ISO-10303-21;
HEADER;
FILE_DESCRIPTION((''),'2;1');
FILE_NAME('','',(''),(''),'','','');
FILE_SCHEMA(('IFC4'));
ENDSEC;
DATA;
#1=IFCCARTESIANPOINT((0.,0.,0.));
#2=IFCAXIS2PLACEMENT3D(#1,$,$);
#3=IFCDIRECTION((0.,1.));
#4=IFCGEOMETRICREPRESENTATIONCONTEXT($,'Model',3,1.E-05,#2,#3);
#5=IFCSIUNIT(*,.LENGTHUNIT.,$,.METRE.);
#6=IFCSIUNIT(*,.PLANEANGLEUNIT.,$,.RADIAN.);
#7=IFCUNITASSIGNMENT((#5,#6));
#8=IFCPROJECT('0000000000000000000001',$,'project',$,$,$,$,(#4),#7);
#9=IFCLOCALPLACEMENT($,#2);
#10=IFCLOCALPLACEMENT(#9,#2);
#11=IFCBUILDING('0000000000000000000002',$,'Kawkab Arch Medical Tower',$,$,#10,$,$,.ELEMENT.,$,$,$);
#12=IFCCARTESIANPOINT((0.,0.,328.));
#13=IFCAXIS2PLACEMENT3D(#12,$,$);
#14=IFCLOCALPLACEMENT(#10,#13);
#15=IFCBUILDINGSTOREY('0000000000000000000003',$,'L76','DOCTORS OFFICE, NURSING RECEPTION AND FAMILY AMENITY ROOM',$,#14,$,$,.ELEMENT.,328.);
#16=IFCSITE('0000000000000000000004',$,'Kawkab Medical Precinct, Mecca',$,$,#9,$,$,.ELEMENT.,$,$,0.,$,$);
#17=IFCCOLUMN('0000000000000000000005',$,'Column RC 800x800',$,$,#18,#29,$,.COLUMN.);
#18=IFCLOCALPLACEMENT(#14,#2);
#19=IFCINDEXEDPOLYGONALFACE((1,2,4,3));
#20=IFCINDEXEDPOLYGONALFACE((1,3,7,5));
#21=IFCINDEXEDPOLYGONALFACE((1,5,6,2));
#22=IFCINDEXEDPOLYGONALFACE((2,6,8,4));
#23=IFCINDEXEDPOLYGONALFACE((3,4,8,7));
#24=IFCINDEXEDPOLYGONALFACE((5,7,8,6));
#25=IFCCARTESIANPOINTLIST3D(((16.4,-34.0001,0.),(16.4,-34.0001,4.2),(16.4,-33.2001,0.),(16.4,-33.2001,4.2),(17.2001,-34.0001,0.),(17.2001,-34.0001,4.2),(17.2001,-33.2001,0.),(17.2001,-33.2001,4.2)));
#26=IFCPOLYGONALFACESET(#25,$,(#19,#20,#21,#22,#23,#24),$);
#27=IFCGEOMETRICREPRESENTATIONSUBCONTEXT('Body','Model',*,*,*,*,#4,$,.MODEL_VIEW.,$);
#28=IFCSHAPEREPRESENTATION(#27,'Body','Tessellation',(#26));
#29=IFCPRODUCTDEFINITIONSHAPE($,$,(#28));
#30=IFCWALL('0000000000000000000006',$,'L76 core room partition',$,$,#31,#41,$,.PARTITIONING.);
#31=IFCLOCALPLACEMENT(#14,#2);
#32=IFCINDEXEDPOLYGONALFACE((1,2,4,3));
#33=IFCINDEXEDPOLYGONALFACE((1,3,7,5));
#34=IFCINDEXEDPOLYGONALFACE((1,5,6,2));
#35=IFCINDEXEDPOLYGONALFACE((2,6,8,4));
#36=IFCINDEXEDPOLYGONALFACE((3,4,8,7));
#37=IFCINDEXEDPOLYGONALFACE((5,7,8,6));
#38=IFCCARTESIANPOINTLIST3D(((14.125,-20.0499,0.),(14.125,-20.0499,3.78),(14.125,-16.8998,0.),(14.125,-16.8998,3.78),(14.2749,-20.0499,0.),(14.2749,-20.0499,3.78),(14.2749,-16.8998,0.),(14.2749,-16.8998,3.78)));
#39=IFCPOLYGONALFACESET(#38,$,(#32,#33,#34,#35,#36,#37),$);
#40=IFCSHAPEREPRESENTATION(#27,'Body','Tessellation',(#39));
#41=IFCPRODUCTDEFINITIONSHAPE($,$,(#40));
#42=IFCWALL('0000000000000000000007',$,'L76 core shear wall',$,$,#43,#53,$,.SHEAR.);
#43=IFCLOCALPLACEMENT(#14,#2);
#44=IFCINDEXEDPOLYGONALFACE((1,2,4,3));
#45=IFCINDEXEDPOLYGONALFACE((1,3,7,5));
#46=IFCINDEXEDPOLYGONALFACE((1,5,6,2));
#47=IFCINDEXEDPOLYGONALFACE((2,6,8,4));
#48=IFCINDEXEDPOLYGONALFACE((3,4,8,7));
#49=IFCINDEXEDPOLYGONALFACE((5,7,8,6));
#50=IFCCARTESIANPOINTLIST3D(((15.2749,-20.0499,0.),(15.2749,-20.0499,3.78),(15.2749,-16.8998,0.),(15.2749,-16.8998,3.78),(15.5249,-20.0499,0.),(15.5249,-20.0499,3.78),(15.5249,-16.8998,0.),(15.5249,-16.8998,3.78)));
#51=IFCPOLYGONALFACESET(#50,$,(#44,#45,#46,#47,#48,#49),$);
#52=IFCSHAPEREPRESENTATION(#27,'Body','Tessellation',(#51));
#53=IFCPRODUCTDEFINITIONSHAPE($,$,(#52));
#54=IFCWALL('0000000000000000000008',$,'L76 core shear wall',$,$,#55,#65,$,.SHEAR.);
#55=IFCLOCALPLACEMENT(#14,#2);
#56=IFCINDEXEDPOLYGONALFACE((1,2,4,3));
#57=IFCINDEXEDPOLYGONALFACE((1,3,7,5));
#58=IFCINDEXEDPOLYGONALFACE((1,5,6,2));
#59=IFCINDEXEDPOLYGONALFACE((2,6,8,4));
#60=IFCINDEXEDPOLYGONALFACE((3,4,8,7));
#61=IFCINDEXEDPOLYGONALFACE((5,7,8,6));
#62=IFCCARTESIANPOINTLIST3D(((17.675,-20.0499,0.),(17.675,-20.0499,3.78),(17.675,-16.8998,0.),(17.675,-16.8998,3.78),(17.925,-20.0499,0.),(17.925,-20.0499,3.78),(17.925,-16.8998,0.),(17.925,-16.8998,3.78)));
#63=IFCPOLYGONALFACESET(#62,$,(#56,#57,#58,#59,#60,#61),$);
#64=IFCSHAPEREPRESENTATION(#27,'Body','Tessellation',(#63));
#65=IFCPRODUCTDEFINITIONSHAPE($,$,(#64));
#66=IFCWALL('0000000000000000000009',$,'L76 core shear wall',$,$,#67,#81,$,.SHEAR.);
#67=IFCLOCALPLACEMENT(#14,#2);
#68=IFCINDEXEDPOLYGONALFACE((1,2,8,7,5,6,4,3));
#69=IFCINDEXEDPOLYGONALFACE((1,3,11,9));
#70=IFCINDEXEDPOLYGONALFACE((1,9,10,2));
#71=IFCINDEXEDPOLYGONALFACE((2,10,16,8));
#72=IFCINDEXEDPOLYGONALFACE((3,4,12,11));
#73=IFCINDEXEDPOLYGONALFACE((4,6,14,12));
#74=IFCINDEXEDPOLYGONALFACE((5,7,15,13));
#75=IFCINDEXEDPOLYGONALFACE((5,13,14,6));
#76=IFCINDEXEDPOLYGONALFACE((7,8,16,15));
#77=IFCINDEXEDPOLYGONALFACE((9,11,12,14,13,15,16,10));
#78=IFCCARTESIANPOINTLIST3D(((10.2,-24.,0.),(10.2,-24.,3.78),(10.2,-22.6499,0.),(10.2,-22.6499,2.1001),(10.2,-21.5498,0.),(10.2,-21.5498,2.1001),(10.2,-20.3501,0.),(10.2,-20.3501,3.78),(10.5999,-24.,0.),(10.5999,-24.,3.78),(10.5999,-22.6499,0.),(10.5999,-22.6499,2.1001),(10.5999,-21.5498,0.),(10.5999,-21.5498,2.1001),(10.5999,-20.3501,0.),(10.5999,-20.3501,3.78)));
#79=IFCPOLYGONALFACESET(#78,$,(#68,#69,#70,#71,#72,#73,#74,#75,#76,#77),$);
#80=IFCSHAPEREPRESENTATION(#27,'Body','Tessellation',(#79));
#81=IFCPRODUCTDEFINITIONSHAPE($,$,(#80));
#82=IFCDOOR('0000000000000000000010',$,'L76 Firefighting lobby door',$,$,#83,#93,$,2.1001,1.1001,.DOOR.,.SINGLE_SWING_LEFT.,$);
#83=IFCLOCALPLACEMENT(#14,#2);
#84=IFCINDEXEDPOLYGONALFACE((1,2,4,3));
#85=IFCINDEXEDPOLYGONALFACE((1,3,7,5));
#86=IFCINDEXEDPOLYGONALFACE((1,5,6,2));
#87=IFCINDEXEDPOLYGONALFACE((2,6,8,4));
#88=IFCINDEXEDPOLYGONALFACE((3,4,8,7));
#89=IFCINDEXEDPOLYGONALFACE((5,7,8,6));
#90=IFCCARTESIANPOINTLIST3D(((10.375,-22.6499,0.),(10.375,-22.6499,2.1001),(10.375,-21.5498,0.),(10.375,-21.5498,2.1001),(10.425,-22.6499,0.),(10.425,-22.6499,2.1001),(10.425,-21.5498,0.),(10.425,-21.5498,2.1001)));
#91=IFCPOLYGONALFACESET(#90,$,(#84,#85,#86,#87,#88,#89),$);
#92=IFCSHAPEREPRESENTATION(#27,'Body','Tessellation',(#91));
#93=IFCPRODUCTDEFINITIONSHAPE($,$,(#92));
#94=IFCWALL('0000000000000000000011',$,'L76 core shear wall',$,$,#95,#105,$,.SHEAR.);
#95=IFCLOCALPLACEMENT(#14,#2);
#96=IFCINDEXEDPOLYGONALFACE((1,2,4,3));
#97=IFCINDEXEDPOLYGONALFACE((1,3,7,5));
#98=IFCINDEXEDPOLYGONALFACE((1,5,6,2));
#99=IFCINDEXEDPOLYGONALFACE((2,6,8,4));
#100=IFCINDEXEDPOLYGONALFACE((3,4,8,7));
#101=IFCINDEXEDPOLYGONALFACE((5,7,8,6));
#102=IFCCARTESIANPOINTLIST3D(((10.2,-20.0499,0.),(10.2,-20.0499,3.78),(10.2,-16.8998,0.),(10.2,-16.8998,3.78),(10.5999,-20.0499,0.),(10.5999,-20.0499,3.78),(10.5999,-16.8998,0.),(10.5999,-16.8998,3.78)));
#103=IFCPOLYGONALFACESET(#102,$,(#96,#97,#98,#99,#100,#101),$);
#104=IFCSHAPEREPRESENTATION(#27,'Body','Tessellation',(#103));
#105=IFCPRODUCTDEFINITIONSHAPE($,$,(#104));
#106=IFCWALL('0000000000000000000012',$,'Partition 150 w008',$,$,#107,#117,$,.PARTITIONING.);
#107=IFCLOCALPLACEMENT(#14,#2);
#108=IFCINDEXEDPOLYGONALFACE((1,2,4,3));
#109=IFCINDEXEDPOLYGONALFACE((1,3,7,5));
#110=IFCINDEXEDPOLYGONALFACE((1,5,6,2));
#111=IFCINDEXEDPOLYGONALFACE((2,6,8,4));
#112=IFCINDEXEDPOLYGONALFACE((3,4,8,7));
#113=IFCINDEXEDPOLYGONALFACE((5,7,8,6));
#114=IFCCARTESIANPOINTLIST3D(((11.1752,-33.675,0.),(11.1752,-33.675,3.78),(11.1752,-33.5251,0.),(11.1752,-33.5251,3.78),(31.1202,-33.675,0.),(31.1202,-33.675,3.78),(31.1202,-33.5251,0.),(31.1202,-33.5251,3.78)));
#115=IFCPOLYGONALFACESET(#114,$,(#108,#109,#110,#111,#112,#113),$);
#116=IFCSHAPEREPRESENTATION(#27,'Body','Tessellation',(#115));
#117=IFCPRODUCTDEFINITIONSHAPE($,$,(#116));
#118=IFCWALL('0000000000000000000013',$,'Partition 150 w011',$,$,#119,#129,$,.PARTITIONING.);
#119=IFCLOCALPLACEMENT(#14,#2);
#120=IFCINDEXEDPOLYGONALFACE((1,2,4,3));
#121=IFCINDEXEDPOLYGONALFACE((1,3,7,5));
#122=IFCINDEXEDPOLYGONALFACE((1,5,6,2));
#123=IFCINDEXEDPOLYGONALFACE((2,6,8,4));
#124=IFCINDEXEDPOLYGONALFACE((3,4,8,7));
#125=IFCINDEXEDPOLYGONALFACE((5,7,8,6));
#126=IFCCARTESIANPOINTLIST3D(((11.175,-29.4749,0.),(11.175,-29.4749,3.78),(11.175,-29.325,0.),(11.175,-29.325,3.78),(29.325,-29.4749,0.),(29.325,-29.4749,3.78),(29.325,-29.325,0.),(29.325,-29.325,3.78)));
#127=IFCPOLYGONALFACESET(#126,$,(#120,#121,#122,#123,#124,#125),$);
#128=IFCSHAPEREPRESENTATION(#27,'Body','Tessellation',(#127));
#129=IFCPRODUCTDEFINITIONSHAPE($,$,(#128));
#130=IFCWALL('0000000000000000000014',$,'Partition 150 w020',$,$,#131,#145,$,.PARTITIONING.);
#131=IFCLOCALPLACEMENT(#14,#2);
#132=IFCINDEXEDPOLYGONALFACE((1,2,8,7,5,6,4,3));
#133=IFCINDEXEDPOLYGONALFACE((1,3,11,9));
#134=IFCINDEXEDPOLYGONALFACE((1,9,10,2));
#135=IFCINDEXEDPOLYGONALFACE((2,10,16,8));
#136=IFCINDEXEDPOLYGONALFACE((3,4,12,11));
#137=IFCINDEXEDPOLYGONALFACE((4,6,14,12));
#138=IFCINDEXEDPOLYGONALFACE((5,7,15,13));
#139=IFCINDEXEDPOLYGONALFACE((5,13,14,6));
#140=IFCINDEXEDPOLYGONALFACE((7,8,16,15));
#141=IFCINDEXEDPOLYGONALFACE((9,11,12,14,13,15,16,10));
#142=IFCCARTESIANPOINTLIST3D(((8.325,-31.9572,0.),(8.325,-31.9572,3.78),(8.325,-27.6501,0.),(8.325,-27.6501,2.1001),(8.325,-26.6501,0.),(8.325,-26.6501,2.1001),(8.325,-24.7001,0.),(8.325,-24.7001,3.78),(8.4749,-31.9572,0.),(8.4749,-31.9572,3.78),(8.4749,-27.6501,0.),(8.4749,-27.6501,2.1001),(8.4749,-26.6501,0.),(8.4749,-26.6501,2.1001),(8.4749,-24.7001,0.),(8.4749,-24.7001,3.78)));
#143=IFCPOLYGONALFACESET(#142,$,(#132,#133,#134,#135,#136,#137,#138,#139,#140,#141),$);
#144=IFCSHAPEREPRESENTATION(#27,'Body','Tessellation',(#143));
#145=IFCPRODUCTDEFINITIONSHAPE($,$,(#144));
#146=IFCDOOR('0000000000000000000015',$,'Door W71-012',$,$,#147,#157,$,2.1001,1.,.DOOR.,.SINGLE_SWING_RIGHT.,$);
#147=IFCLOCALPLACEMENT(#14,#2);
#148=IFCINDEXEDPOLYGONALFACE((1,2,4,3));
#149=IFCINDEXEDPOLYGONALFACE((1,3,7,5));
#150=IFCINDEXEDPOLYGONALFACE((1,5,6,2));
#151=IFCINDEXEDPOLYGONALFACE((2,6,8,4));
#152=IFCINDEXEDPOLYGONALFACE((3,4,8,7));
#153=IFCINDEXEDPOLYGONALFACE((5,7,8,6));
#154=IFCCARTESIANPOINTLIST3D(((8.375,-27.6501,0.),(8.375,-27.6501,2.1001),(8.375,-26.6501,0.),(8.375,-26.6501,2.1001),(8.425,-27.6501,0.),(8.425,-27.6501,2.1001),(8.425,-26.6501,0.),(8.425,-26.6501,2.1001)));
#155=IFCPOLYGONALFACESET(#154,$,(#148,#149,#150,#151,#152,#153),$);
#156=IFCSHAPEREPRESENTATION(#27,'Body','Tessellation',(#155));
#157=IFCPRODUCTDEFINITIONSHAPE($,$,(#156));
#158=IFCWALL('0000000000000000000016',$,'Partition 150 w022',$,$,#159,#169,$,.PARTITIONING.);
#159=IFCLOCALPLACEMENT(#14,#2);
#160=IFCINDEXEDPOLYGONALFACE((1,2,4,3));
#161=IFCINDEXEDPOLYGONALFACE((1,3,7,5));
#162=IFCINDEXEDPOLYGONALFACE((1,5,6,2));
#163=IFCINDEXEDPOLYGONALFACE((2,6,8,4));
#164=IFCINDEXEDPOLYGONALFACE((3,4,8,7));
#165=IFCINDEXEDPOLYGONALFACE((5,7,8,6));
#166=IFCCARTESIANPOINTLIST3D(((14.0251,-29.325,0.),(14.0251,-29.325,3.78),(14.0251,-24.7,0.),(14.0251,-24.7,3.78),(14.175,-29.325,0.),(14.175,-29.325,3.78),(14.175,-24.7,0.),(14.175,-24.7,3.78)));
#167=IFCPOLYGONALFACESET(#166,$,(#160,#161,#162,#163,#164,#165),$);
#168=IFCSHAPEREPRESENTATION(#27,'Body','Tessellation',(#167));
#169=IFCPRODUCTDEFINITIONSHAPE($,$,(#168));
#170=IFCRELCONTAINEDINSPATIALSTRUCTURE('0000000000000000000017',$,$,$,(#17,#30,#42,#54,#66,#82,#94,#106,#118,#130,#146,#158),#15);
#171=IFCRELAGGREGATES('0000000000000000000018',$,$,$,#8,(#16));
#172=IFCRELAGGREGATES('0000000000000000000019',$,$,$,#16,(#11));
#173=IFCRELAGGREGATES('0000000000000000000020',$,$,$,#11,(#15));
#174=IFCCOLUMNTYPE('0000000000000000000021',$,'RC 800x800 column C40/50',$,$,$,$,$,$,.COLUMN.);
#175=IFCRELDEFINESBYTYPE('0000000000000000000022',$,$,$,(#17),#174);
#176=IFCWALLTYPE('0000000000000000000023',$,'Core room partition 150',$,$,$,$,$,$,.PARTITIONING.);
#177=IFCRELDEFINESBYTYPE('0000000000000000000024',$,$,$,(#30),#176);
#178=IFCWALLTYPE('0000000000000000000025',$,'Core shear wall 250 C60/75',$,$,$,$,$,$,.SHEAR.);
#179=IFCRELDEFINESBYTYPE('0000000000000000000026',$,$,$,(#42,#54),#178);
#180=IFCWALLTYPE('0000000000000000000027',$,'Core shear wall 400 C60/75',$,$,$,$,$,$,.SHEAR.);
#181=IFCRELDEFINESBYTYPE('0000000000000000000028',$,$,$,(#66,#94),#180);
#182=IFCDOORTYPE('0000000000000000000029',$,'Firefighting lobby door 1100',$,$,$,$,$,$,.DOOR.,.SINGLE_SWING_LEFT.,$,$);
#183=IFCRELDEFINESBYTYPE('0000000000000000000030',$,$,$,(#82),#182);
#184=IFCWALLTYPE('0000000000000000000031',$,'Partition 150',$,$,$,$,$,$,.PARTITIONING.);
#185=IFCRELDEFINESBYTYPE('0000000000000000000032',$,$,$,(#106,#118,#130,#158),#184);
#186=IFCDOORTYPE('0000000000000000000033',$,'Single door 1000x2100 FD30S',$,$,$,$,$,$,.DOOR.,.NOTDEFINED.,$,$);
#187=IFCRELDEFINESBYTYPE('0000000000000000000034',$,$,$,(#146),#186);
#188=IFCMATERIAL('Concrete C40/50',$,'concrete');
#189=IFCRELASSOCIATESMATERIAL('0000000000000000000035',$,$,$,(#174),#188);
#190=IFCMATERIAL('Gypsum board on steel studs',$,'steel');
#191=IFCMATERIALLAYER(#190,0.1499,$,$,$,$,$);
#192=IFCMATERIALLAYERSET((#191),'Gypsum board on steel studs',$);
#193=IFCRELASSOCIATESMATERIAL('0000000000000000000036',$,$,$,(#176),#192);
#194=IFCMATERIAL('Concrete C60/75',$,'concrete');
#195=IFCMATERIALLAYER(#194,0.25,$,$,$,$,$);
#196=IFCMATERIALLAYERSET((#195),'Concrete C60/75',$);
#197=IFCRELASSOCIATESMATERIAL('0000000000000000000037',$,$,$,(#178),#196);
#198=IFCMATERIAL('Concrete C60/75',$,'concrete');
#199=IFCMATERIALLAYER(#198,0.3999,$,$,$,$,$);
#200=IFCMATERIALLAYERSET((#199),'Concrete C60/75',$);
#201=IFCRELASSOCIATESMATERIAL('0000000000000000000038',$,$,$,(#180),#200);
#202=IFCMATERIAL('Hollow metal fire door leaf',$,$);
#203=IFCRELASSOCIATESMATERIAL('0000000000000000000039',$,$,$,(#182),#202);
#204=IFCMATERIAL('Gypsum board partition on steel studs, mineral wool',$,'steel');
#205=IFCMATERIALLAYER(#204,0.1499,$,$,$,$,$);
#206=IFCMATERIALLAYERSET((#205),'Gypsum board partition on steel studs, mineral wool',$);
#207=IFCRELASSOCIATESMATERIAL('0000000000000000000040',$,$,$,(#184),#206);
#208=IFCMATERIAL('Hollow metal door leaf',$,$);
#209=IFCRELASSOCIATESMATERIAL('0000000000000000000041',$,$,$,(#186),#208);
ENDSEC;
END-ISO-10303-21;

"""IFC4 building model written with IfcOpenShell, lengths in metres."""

from ifc_helpers import new_model, si_unit, direction, frame, frame_2d, origin, origin_2d, place, context, subcontext, project, spatial, rectangle, extrude, material, layer, layer_set, material_profile, profile_set, type_object, element, fill, save


model = new_model("IFC4")

# Units and contexts
model_context = context("Model", 3, precision=1e-05, world=origin(), true_north=direction((0.0, 1.0)))
body_context = subcontext(model_context, "Body", "Model", "MODEL_VIEW")
ifc_project = project(units=[si_unit("LENGTHUNIT", "METRE"), si_unit("PLANEANGLEUNIT", "RADIAN")], contexts=[model_context])

# Site, building, storey
site_placement = place(None, origin())
site = spatial("IfcSite", under=ifc_project, at=site_placement, Name="Kawkab Medical Precinct, Mecca", CompositionType="ELEMENT", RefElevation=0.0)
building_placement = place(site_placement, origin())
building = spatial("IfcBuilding", under=site, at=building_placement, Name="Kawkab Arch Medical Tower", CompositionType="ELEMENT")
storey_placement = place(building_placement, frame((0.0, 0.0, 328.0)))
storey = spatial("IfcBuildingStorey", under=building, at=storey_placement, Name="L76", Description="DOCTORS OFFICE, NURSING RECEPTION AND FAMILY AMENITY ROOM", CompositionType="ELEMENT", Elevation=328.0)

# Column
ifc_material_1 = material(Name="Concrete C40/50", Category="concrete")
ifc_material_profile = material_profile(ifc_material_1, rectangle(XDim=0.8, YDim=0.8, at=origin_2d()), Name="RC 800x800")
ifc_profile_set = profile_set([ifc_material_profile], Name="Concrete C40/50")
column_type = type_object("IfcColumnType", Name="RC 800x800 column C40/50", PredefinedType="COLUMN", material=ifc_profile_set)
column_placement = place(storey_placement, frame((16.8, -33.6001, 0.0), z_axis=(0.0, 0.0, 1.0), x_axis=(1.0, 0.0, 0.0)))
element("IfcColumn", 1, at=column_placement, inside=storey, type_object=column_type, Name="Column RC 800x800", PredefinedType="COLUMN", context=body_context, shape_type="SweptSolid", body=[
    extrude(rectangle(XDim=0.8, YDim=0.8, at=origin_2d()), origin(), (0.0, 0.0, 1.0), 4.2),
])

# Walls
ifc_material_2 = material(Name="Gypsum board on steel studs", Category="steel")
ifc_layer_1 = layer(ifc_material_2, 0.1499)
ifc_layer_set_1 = layer_set([ifc_layer_1], Name="Gypsum board on steel studs")
wall_type_1 = type_object("IfcWallType", Name="Core room partition 150", PredefinedType="PARTITIONING", material=ifc_layer_set_1)
wall_1_placement = place(storey_placement, frame((14.2, -20.05, 0.0), z_axis=(0.0, 0.0, 1.0), x_axis=(0.0, 1.0, 0.0)))
element("IfcWall", 2, at=wall_1_placement, inside=storey, type_object=wall_type_1, Name="L76 core room partition", PredefinedType="PARTITIONING", context=body_context, shape_type="SweptSolid", body=[
    extrude(rectangle(XDim=3.1501, YDim=0.1499, at=frame_2d((1.5752, 0.0))), origin(), (0.0, 0.0, 1.0), 3.78),
])
ifc_material_3 = material(Name="Concrete C60/75", Category="concrete")
ifc_layer_2 = layer(ifc_material_3, 0.25)
ifc_layer_set_2 = layer_set([ifc_layer_2], Name="Concrete C60/75")
wall_type_2 = type_object("IfcWallType", Name="Core shear wall 250 C60/75", PredefinedType="SHEAR", material=ifc_layer_set_2)
for number, where, z_axis, x_axis, name in (
    (3, (15.3999, -20.05, 0.0), (0.0, 0.0, 1.0), (0.0, 1.0, 0.0), "L76 core shear wall"),
    (4, (17.8, -20.05, 0.0), (0.0, 0.0, 1.0), (0.0, 1.0, 0.0), "L76 core shear wall"),
):
    element("IfcWall", number, at=place(storey_placement, frame(where, z_axis=z_axis, x_axis=x_axis)), inside=storey, type_object=wall_type_2, Name=name, PredefinedType="SHEAR", context=body_context, shape_type="SweptSolid", body=[
        extrude(rectangle(XDim=3.1501, YDim=0.25, at=frame_2d((1.5752, 0.0))), origin(), (0.0, 0.0, 1.0), 3.78),
    ])

# Wall, opening, door
ifc_material_4 = material(Name="Concrete C60/75", Category="concrete")
ifc_layer_3 = layer(ifc_material_4, 0.3999)
ifc_layer_set_3 = layer_set([ifc_layer_3], Name="Concrete C60/75")
wall_type_3 = type_object("IfcWallType", Name="Core shear wall 400 C60/75", PredefinedType="SHEAR", material=ifc_layer_set_3)
wall_2_placement = place(storey_placement, frame((10.3999, -24.0, 0.0), z_axis=(0.0, 0.0, 1.0), x_axis=(0.0, 1.0, 0.0)))
wall_2 = element("IfcWall", 5, at=wall_2_placement, inside=storey, type_object=wall_type_3, Name="L76 core shear wall", PredefinedType="SHEAR", context=body_context, shape_type="SweptSolid", body=[
    extrude(rectangle(XDim=3.6499, YDim=0.3999, at=frame_2d((1.825, 0.0))), origin(), (0.0, 0.0, 1.0), 3.78),
])
opening_1_placement = place(wall_2_placement, frame((1.3501, 0.0, 0.0)))
opening_1 = element("IfcOpeningElement", 6, at=opening_1_placement, cuts=wall_2, PredefinedType="OPENING", context=body_context, shape_type="SweptSolid", body=[
    extrude(rectangle(XDim=1.1001, YDim=2.1001, at=frame_2d((0.55, 1.05))), frame((0.0, 0.21, 0.0), z_axis=(0.0, -1.0, 0.0), x_axis=(1.0, 0.0, 0.0)), (0.0, 0.0, 1.0), 0.4199),
])
ifc_material_5 = material(Name="Hollow metal fire door leaf")
door_type_1 = type_object("IfcDoorType", Name="Firefighting lobby door 1100", OperationType="SINGLE_SWING_LEFT", PredefinedType="DOOR", material=ifc_material_5)
door_1_placement = place(opening_1_placement, origin())
door_1 = element("IfcDoor", 7, at=door_1_placement, inside=storey, type_object=door_type_1, Name="L76 Firefighting lobby door", OperationType="SINGLE_SWING_LEFT", OverallHeight=2.1001, OverallWidth=1.1001, PredefinedType="DOOR", context=body_context, shape_type="SweptSolid", body=[
    extrude(rectangle(XDim=1.1001, YDim=2.1001, at=frame_2d((0.55, 1.05))), frame((0.0, 0.0249, 0.0), z_axis=(0.0, -1.0, 0.0), x_axis=(1.0, 0.0, 0.0)), (0.0, 0.0, 1.0), 0.05),
])
fill(opening_1, door_1)

# Walls
wall_3_placement = place(storey_placement, frame((10.3999, -20.05, 0.0), z_axis=(0.0, 0.0, 1.0), x_axis=(0.0, 1.0, 0.0)))
element("IfcWall", 8, at=wall_3_placement, inside=storey, type_object=wall_type_3, Name="L76 core shear wall", PredefinedType="SHEAR", context=body_context, shape_type="SweptSolid", body=[
    extrude(rectangle(XDim=3.1501, YDim=0.3999, at=frame_2d((1.5752, 0.0))), origin(), (0.0, 0.0, 1.0), 3.78),
])
ifc_material_6 = material(Name="Gypsum board partition on steel studs, mineral wool", Category="steel")
ifc_layer_4 = layer(ifc_material_6, 0.1499)
ifc_layer_set_4 = layer_set([ifc_layer_4], Name="Gypsum board partition on steel studs, mineral wool")
wall_type_4 = type_object("IfcWallType", Name="Partition 150", PredefinedType="PARTITIONING", material=ifc_layer_set_4)
wall_4_placement = place(storey_placement, frame((11.175, -33.6001, 0.0), z_axis=(0.0, 0.0, 1.0), x_axis=(1.0, 0.0, 0.0)))
element("IfcWall", 9, at=wall_4_placement, inside=storey, type_object=wall_type_4, Name="Partition 150 w008", PredefinedType="PARTITIONING", context=body_context, shape_type="SweptSolid", body=[
    extrude(rectangle(XDim=19.9451, YDim=0.1499, at=frame_2d((9.9727, 0.0))), origin(), (0.0, 0.0, 1.0), 3.78),
])
wall_5_placement = place(storey_placement, frame((11.175, -29.3999, 0.0), z_axis=(0.0, 0.0, 1.0), x_axis=(1.0, 0.0, 0.0)))
element("IfcWall", 10, at=wall_5_placement, inside=storey, type_object=wall_type_4, Name="Partition 150 w011", PredefinedType="PARTITIONING", context=body_context, shape_type="SweptSolid", body=[
    extrude(rectangle(XDim=18.1499, YDim=0.1499, at=frame_2d((9.075, 0.0))), origin(), (0.0, 0.0, 1.0), 3.78),
])

# Wall, opening, door
wall_6_placement = place(storey_placement, frame((8.3999, -31.957, 0.0), z_axis=(0.0, 0.0, 1.0), x_axis=(0.0, 1.0, 0.0)))
wall_6 = element("IfcWall", 11, at=wall_6_placement, inside=storey, type_object=wall_type_4, Name="Partition 150 w020", PredefinedType="PARTITIONING", context=body_context, shape_type="SweptSolid", body=[
    extrude(rectangle(XDim=7.2571, YDim=0.1499, at=frame_2d((3.6284, 0.0))), origin(), (0.0, 0.0, 1.0), 3.78),
])
opening_2_placement = place(wall_6_placement, frame((4.3069, 0.0, 0.0)))
opening_2 = element("IfcOpeningElement", 12, at=opening_2_placement, cuts=wall_6, PredefinedType="OPENING", context=body_context, shape_type="SweptSolid", body=[
    extrude(rectangle(XDim=1.0, YDim=2.1001, at=frame_2d((0.5, 1.05))), frame((0.0, 0.085, 0.0), z_axis=(0.0, -1.0, 0.0), x_axis=(1.0, 0.0, 0.0)), (0.0, 0.0, 1.0), 0.1699),
])
ifc_material_7 = material(Name="Hollow metal door leaf")
door_type_2 = type_object("IfcDoorType", Name="Single door 1000x2100 FD30S", OperationType="NOTDEFINED", PredefinedType="DOOR", material=ifc_material_7)
door_2_placement = place(opening_2_placement, origin())
door_2 = element("IfcDoor", 13, at=door_2_placement, inside=storey, type_object=door_type_2, Name="Door W71-012", OperationType="SINGLE_SWING_RIGHT", OverallHeight=2.1001, OverallWidth=1.0, PredefinedType="DOOR", context=body_context, shape_type="SweptSolid", body=[
    extrude(rectangle(XDim=1.0, YDim=2.1001, at=frame_2d((0.5, 1.05))), frame((0.0, 0.0249, 0.0), z_axis=(0.0, -1.0, 0.0), x_axis=(1.0, 0.0, 0.0)), (0.0, 0.0, 1.0), 0.05),
])
fill(opening_2, door_2)

# Wall
wall_7_placement = place(storey_placement, frame((14.1001, -29.325, 0.0), z_axis=(0.0, 0.0, 1.0), x_axis=(0.0, 1.0, 0.0)))
element("IfcWall", 14, at=wall_7_placement, inside=storey, type_object=wall_type_4, Name="Partition 150 w022", PredefinedType="PARTITIONING", context=body_context, shape_type="SweptSolid", body=[
    extrude(rectangle(XDim=4.625, YDim=0.1499, at=frame_2d((2.3125, 0.0))), origin(), (0.0, 0.0, 1.0), 3.78),
])

save(model, "model.ifc")
